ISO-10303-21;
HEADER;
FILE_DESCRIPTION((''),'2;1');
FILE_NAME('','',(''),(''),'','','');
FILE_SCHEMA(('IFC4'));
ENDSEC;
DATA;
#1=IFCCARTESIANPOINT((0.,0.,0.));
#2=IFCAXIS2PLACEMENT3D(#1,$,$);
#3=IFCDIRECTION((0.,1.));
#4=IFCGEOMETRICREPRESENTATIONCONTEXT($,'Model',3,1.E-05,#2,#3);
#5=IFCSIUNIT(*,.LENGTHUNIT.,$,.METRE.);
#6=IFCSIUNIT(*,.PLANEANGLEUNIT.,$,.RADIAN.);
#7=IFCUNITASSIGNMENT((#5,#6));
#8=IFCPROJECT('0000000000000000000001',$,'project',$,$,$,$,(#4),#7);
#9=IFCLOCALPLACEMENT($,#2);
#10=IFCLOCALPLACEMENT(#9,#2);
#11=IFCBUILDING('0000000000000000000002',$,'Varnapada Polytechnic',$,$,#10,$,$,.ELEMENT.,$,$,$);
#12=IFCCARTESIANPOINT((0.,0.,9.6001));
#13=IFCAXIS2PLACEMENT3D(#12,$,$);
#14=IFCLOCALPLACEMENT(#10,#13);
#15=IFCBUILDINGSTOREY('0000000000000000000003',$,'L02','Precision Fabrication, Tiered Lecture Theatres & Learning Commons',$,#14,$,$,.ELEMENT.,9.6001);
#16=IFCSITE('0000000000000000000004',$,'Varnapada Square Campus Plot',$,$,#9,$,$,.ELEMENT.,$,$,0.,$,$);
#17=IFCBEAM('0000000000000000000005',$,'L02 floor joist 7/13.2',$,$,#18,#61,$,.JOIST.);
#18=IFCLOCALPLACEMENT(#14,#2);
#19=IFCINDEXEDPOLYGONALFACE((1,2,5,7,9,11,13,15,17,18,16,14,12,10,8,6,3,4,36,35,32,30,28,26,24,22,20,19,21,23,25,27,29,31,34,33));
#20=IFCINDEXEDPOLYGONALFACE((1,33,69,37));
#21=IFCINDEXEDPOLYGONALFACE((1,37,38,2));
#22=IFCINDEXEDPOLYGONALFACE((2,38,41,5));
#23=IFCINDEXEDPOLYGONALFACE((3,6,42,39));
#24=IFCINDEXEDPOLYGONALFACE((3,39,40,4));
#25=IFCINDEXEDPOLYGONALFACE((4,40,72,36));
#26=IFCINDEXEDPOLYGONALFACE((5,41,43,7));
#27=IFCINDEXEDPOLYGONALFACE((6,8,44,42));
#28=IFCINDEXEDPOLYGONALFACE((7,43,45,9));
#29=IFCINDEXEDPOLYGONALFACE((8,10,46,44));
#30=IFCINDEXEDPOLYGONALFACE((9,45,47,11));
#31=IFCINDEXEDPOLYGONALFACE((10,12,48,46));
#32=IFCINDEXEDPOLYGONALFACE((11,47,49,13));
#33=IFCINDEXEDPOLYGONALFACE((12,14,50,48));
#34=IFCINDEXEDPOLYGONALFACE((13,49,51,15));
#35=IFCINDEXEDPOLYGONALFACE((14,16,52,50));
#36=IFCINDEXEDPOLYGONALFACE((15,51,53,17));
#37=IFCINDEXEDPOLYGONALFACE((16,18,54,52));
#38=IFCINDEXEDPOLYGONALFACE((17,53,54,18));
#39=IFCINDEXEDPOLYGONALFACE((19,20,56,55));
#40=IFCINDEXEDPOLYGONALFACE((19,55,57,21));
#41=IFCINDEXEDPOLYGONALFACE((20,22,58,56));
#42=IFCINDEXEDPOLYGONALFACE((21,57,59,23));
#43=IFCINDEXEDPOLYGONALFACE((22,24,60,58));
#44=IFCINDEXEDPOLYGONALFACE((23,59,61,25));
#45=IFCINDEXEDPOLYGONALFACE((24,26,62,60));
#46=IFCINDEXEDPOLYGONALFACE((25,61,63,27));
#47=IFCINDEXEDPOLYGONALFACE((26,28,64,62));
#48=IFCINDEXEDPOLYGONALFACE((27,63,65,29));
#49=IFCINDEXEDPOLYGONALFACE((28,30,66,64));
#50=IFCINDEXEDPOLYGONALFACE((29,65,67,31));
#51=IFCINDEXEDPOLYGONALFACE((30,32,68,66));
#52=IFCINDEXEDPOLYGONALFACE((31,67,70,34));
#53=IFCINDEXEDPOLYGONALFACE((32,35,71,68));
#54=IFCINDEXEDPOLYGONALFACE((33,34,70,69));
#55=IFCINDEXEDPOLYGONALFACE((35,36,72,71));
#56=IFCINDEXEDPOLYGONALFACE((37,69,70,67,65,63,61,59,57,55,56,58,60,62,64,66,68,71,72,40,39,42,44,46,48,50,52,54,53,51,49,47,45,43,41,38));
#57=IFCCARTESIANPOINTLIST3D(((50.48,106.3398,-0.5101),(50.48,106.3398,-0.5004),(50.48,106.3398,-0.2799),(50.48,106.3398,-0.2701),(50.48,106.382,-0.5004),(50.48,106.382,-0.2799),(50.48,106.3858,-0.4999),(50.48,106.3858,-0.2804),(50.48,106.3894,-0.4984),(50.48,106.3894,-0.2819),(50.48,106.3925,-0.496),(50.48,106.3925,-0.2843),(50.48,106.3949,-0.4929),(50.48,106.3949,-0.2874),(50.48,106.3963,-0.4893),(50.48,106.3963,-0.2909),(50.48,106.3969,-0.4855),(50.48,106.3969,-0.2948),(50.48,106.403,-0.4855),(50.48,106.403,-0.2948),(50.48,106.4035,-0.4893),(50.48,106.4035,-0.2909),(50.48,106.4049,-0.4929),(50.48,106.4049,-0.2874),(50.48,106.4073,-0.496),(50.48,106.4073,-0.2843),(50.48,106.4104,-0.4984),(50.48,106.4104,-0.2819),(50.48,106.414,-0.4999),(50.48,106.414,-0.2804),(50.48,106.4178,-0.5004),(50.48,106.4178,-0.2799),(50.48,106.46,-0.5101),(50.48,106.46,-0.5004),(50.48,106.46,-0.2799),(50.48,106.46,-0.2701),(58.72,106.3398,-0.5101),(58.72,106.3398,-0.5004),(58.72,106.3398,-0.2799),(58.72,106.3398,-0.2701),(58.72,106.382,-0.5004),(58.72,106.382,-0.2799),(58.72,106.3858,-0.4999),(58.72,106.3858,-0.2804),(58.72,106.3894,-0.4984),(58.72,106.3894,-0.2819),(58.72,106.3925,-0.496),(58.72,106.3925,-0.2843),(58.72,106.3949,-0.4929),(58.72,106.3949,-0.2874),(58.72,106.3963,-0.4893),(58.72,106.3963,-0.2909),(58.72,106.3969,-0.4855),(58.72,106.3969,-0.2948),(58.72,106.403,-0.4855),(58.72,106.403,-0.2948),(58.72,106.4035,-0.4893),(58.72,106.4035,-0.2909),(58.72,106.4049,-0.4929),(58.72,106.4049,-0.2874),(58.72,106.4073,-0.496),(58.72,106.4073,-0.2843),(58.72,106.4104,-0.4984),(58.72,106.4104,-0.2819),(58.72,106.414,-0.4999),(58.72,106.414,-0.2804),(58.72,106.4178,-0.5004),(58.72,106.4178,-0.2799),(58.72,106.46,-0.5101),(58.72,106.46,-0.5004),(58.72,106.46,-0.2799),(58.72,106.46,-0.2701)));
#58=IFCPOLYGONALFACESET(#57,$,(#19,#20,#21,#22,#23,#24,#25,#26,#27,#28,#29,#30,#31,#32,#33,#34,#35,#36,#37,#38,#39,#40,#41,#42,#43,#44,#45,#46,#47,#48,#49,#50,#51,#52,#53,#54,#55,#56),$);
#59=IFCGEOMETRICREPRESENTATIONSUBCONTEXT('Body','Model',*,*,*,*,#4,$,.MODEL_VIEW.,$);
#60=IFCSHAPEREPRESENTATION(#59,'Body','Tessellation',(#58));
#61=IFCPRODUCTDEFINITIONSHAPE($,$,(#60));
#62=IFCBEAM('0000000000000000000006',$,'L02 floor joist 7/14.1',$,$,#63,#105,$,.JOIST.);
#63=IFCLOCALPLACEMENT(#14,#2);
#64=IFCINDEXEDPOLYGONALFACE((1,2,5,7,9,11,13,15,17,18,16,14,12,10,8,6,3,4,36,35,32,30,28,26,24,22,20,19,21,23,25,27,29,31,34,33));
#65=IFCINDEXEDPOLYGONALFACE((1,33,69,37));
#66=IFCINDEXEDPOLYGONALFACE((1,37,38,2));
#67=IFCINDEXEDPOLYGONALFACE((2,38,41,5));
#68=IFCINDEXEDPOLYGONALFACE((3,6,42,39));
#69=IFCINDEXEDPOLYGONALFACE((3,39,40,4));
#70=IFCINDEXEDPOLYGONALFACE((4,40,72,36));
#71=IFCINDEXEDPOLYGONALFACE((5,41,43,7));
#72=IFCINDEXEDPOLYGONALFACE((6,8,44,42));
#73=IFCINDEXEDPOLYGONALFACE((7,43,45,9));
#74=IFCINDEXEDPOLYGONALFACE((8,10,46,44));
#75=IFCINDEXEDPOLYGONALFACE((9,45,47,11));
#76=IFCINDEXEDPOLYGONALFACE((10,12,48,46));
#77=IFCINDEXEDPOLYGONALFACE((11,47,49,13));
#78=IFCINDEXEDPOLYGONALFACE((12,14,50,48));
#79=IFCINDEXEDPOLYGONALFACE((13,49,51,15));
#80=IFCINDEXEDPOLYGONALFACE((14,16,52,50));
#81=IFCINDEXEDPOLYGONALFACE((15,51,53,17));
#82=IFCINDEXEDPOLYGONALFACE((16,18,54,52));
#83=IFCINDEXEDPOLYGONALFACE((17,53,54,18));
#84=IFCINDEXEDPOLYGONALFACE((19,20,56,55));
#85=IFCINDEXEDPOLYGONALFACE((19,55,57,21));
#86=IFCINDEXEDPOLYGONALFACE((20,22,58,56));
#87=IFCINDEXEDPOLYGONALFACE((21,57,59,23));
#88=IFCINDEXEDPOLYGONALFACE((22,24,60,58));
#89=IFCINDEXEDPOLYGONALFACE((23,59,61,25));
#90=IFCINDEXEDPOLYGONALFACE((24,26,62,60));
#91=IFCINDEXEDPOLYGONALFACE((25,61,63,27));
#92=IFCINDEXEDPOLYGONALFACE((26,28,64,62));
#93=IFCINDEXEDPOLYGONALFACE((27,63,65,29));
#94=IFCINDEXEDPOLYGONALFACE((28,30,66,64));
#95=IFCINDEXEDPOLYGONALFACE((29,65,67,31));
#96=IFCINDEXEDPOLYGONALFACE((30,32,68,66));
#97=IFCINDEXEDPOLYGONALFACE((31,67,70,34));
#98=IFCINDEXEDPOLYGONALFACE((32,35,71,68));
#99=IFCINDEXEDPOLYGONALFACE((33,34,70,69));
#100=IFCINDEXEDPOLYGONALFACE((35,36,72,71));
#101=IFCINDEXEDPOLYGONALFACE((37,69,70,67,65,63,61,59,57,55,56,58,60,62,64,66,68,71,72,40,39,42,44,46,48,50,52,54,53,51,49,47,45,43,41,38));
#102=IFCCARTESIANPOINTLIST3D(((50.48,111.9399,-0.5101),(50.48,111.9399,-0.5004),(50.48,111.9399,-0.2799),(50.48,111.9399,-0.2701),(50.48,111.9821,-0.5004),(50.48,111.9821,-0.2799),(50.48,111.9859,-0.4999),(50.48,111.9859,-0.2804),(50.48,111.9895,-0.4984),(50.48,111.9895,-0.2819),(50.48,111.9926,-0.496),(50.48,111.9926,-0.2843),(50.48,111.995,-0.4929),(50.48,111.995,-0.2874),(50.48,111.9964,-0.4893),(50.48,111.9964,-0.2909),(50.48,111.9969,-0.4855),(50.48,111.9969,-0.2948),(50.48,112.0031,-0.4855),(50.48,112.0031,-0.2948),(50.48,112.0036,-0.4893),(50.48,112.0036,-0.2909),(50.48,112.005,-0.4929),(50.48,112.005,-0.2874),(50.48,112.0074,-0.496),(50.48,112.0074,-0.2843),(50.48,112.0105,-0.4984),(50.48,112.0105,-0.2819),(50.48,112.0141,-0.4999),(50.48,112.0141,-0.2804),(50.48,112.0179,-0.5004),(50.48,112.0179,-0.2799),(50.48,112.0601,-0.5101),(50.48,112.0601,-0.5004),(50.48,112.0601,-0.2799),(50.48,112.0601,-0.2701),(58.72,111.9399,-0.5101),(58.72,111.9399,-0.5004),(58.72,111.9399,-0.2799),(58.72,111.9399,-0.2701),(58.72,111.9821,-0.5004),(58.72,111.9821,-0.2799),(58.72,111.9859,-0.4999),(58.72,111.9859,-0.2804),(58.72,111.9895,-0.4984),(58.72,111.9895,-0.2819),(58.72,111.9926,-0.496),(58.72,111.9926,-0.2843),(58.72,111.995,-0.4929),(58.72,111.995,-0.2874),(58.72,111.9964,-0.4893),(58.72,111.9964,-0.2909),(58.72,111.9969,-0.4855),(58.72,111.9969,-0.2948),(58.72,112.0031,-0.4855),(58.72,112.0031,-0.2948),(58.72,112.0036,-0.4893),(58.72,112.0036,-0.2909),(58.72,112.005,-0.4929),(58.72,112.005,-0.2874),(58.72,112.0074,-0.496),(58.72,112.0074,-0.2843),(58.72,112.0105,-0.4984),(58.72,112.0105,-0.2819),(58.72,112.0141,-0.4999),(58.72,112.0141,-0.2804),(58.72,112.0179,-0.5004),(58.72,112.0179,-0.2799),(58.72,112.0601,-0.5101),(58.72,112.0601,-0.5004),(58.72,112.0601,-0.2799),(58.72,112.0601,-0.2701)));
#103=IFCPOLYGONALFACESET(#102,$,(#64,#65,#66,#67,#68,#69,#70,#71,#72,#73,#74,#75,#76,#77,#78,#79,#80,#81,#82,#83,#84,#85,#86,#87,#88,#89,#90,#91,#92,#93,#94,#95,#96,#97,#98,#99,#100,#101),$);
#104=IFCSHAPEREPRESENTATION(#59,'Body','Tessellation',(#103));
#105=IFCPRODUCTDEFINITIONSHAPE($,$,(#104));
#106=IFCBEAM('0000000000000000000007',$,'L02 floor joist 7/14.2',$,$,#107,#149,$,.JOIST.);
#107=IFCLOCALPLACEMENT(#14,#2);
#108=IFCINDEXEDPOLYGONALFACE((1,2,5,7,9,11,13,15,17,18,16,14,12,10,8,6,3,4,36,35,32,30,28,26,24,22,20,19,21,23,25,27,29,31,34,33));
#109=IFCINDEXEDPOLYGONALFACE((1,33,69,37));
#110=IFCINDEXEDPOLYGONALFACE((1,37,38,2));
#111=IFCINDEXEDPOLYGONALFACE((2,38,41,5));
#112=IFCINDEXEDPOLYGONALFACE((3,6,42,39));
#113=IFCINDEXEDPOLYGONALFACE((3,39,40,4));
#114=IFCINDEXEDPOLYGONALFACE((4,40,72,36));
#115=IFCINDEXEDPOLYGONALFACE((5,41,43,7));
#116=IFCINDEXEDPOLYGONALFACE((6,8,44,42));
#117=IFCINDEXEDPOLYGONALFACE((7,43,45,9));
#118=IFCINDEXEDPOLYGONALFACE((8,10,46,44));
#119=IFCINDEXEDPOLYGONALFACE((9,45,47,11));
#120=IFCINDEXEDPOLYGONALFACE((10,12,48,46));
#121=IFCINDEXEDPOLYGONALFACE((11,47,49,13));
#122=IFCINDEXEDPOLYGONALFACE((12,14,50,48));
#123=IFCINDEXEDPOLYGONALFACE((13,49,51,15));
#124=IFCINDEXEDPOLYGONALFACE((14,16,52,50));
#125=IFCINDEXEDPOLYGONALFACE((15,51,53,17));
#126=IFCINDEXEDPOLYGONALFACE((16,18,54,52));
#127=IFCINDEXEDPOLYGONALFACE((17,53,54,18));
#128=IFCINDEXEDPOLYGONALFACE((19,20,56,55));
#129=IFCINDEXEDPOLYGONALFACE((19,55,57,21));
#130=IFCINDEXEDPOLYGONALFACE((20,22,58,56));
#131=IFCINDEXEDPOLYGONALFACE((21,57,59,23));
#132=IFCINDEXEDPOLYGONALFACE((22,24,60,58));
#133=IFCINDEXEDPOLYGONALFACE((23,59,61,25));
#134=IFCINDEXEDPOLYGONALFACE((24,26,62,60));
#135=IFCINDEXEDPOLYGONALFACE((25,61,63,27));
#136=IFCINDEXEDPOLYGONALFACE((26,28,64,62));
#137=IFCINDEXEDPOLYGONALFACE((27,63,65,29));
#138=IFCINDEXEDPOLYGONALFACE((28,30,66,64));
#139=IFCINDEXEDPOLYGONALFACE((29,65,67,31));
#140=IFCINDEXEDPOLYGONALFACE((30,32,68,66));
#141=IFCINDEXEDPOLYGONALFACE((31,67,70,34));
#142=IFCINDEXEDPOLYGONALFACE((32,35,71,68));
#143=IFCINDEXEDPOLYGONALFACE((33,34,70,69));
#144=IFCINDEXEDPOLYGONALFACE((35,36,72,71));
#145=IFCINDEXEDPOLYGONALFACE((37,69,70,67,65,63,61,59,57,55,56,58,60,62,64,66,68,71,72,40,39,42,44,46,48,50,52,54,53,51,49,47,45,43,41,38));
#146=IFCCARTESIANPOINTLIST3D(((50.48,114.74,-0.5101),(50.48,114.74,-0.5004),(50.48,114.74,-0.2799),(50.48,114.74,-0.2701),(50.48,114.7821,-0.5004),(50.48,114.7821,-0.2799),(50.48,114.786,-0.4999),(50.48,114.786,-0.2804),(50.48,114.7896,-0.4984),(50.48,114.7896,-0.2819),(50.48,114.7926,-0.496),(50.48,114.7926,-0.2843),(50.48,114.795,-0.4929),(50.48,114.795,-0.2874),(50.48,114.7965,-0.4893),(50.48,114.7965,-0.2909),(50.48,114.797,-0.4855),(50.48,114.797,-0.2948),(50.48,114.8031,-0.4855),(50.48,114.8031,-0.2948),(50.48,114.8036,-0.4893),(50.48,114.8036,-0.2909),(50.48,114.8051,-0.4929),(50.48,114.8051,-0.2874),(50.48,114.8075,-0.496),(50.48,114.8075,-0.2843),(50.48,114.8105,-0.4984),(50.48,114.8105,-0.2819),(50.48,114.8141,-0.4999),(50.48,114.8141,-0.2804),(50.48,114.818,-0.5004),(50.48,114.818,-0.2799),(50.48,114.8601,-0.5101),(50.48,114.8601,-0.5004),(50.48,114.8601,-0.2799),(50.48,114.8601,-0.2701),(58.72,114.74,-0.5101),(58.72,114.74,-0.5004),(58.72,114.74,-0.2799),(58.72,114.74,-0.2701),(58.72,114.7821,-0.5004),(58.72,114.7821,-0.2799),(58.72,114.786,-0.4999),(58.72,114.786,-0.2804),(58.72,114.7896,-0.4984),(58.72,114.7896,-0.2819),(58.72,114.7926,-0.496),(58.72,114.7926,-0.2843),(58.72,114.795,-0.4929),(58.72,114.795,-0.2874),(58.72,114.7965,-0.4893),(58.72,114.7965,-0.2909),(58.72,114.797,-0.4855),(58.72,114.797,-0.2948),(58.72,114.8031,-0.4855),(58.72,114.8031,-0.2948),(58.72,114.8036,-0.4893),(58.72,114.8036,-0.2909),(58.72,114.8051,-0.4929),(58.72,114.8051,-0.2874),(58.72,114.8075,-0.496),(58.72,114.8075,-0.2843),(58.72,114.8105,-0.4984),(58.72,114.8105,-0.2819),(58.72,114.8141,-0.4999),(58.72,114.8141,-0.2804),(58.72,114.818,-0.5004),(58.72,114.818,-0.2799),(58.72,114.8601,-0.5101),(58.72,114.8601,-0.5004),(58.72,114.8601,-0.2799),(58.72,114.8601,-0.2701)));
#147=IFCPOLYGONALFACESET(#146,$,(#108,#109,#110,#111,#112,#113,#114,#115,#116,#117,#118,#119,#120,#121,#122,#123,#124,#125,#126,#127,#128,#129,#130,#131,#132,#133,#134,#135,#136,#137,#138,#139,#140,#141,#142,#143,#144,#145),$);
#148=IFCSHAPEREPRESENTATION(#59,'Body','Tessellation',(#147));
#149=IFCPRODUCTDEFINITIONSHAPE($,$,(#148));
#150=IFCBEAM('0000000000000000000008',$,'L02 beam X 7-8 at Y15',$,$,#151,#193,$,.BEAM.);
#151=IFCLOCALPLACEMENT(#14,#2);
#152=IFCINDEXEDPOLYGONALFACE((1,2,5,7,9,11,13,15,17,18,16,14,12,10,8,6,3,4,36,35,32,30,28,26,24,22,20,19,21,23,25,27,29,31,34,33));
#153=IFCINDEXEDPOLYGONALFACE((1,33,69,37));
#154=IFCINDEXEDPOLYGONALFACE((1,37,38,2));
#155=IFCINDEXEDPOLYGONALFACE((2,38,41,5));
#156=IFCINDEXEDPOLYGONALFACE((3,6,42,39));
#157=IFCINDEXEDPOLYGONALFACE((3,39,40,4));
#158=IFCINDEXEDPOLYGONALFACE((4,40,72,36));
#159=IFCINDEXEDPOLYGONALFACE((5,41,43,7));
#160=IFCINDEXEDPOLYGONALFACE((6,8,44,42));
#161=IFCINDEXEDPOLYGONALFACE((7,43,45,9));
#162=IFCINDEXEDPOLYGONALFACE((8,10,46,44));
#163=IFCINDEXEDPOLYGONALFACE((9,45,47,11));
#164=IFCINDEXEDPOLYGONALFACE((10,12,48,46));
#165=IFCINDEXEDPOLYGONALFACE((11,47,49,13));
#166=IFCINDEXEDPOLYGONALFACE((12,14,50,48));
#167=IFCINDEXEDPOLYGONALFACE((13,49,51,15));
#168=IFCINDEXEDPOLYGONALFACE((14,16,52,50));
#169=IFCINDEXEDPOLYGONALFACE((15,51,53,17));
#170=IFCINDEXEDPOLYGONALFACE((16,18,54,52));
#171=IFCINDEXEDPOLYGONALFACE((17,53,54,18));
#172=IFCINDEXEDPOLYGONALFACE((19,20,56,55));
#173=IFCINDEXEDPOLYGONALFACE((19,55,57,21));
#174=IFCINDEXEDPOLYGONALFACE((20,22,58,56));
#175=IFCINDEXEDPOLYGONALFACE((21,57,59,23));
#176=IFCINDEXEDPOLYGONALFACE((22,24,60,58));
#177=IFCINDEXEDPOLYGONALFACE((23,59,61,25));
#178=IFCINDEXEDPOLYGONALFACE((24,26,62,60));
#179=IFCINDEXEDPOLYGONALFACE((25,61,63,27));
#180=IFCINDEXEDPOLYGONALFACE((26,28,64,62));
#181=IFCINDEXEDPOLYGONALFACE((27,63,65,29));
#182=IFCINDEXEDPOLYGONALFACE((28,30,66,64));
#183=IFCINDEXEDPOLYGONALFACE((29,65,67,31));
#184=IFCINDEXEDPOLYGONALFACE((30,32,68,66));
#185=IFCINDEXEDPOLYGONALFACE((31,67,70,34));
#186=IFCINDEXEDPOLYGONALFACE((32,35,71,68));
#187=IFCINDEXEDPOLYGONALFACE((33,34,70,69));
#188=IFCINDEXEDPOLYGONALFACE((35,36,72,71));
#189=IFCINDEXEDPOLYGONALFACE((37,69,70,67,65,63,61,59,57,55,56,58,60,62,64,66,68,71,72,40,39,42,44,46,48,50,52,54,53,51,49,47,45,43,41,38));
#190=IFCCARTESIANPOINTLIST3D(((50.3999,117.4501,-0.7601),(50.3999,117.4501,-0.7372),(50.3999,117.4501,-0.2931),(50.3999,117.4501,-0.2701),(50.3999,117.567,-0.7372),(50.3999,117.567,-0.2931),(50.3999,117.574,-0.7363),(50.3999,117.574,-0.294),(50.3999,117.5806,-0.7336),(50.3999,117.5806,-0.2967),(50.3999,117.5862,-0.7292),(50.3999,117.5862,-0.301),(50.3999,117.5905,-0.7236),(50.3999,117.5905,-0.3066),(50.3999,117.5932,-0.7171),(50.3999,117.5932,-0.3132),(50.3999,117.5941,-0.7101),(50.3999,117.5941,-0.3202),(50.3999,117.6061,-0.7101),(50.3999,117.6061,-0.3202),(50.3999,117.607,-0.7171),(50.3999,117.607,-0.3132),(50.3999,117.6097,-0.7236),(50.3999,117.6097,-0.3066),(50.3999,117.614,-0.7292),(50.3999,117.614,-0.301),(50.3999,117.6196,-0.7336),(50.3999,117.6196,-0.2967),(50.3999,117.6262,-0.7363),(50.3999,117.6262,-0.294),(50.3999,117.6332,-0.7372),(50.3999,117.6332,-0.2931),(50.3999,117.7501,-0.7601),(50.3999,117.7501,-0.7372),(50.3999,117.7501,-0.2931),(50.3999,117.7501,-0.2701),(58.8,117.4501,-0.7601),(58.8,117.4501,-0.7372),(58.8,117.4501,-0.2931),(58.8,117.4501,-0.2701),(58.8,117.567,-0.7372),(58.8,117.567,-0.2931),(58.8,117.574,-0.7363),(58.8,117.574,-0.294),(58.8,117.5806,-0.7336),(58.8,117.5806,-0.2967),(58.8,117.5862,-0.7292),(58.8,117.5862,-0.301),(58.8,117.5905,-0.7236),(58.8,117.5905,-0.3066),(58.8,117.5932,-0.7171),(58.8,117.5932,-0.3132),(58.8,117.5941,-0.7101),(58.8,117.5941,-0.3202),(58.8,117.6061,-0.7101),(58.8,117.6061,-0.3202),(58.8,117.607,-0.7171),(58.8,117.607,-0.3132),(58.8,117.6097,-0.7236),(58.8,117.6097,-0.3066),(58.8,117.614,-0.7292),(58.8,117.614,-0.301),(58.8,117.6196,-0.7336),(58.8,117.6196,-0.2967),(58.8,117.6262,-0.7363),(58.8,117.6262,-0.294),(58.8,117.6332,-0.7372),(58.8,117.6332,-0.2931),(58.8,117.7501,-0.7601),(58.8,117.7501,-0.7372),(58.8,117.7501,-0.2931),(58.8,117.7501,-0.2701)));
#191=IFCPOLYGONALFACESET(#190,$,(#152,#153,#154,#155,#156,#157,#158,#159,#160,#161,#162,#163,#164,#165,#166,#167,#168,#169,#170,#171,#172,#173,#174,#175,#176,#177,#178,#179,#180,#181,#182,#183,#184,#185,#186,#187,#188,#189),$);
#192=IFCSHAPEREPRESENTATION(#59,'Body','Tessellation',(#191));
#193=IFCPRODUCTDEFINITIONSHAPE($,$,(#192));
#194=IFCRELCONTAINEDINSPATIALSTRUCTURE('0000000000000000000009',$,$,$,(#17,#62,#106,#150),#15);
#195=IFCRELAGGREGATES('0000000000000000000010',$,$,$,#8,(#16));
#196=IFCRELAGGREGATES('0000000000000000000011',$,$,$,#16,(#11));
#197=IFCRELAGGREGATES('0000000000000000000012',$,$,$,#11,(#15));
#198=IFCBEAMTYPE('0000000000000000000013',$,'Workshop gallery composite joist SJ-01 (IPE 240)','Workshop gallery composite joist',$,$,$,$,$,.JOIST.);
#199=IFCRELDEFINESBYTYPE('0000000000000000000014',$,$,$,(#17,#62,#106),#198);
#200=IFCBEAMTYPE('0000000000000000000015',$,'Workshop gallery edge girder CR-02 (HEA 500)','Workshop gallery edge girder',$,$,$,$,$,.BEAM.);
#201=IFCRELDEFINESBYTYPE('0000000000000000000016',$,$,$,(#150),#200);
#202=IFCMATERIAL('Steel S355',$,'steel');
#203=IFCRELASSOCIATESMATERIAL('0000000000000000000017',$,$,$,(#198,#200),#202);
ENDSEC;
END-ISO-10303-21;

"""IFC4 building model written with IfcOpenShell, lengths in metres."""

from ifc_helpers import new_model, si_unit, direction, frame, origin, origin_2d, place, context, subcontext, project, spatial, i_section, extrude, material, material_profile, profile_set, type_object, element, save


model = new_model("IFC4")

# Units and contexts
model_context = context("Model", 3, precision=1e-05, world=origin(), true_north=direction((0.0, 1.0)))
body_context = subcontext(model_context, "Body", "Model", "MODEL_VIEW")
ifc_project = project(units=[si_unit("LENGTHUNIT", "METRE"), si_unit("PLANEANGLEUNIT", "RADIAN")], contexts=[model_context])

# Site, building, storey
site_placement = place(None, origin())
site = spatial("IfcSite", under=ifc_project, at=site_placement, Name="Varnapada Square Campus Plot", CompositionType="ELEMENT", RefElevation=0.0)
building_placement = place(site_placement, origin())
building = spatial("IfcBuilding", under=site, at=building_placement, Name="Varnapada Polytechnic", CompositionType="ELEMENT")
storey_placement = place(building_placement, frame((0.0, 0.0, 9.6001)))
storey = spatial("IfcBuildingStorey", under=building, at=storey_placement, Name="L02", Description="Precision Fabrication, Tiered Lecture Theatres & Learning Commons", CompositionType="ELEMENT", Elevation=9.6001)

# Shared definitions
ifc_material_1 = material(Name="Steel S355", Category="steel")

# Beams
ifc_material_profile_1 = material_profile(ifc_material_1, i_section(OverallWidth=0.1201, OverallDepth=0.24, WebThickness=0.0061, FlangeThickness=0.0098, FilletRadius=0.0149, at=origin_2d()), Name="IPE 240")
ifc_profile_set_1 = profile_set([ifc_material_profile_1], Name="Steel S355")
beam_type_1 = type_object("IfcBeamType", Name="Workshop gallery composite joist SJ-01 (IPE 240)", Description="Workshop gallery composite joist", PredefinedType="JOIST", material=ifc_profile_set_1)
for number, where, z_axis, x_axis, name in (
    (1, (50.48, 106.3999, -0.3901), (1.0, 0.0, 0.0), (0.0, 1.0, 0.0), "L02 floor joist 7/13.2"),
    (2, (50.48, 112.0, -0.3901), (1.0, 0.0, 0.0), (0.0, 1.0, 0.0), "L02 floor joist 7/14.1"),
    (3, (50.48, 114.8, -0.3901), (1.0, 0.0, 0.0), (0.0, 1.0, 0.0), "L02 floor joist 7/14.2"),
):
    element("IfcBeam", number, at=place(storey_placement, frame(where, z_axis=z_axis, x_axis=x_axis)), inside=storey, type_object=beam_type_1, Name=name, PredefinedType="JOIST", context=body_context, shape_type="SweptSolid", body=[
        extrude(i_section(OverallWidth=0.1201, OverallDepth=0.24, WebThickness=0.0061, FlangeThickness=0.0098, FilletRadius=0.0149, at=origin_2d()), origin(), (0.0, 0.0, 1.0), 8.24),
    ])
ifc_material_profile_2 = material_profile(ifc_material_1, i_section(OverallWidth=0.3, OverallDepth=0.49, WebThickness=0.012, FlangeThickness=0.0229, FilletRadius=0.0271, at=origin_2d()), Name="HEA 500")
ifc_profile_set_2 = profile_set([ifc_material_profile_2], Name="Steel S355")
beam_type_2 = type_object("IfcBeamType", Name="Workshop gallery edge girder CR-02 (HEA 500)", Description="Workshop gallery edge girder", PredefinedType="BEAM", material=ifc_profile_set_2)
beam_1_placement = place(storey_placement, frame((50.3999, 117.6001, -0.5151), z_axis=(1.0, 0.0, 0.0), x_axis=(0.0, 1.0, 0.0)))
element("IfcBeam", 4, at=beam_1_placement, inside=storey, type_object=beam_type_2, Name="L02 beam X 7-8 at Y15", PredefinedType="BEAM", context=body_context, shape_type="SweptSolid", body=[
    extrude(i_section(OverallWidth=0.3, OverallDepth=0.49, WebThickness=0.012, FlangeThickness=0.0229, FilletRadius=0.0271, at=origin_2d()), origin(), (0.0, 0.0, 1.0), 8.4001),
])

save(model, "model.ifc")
